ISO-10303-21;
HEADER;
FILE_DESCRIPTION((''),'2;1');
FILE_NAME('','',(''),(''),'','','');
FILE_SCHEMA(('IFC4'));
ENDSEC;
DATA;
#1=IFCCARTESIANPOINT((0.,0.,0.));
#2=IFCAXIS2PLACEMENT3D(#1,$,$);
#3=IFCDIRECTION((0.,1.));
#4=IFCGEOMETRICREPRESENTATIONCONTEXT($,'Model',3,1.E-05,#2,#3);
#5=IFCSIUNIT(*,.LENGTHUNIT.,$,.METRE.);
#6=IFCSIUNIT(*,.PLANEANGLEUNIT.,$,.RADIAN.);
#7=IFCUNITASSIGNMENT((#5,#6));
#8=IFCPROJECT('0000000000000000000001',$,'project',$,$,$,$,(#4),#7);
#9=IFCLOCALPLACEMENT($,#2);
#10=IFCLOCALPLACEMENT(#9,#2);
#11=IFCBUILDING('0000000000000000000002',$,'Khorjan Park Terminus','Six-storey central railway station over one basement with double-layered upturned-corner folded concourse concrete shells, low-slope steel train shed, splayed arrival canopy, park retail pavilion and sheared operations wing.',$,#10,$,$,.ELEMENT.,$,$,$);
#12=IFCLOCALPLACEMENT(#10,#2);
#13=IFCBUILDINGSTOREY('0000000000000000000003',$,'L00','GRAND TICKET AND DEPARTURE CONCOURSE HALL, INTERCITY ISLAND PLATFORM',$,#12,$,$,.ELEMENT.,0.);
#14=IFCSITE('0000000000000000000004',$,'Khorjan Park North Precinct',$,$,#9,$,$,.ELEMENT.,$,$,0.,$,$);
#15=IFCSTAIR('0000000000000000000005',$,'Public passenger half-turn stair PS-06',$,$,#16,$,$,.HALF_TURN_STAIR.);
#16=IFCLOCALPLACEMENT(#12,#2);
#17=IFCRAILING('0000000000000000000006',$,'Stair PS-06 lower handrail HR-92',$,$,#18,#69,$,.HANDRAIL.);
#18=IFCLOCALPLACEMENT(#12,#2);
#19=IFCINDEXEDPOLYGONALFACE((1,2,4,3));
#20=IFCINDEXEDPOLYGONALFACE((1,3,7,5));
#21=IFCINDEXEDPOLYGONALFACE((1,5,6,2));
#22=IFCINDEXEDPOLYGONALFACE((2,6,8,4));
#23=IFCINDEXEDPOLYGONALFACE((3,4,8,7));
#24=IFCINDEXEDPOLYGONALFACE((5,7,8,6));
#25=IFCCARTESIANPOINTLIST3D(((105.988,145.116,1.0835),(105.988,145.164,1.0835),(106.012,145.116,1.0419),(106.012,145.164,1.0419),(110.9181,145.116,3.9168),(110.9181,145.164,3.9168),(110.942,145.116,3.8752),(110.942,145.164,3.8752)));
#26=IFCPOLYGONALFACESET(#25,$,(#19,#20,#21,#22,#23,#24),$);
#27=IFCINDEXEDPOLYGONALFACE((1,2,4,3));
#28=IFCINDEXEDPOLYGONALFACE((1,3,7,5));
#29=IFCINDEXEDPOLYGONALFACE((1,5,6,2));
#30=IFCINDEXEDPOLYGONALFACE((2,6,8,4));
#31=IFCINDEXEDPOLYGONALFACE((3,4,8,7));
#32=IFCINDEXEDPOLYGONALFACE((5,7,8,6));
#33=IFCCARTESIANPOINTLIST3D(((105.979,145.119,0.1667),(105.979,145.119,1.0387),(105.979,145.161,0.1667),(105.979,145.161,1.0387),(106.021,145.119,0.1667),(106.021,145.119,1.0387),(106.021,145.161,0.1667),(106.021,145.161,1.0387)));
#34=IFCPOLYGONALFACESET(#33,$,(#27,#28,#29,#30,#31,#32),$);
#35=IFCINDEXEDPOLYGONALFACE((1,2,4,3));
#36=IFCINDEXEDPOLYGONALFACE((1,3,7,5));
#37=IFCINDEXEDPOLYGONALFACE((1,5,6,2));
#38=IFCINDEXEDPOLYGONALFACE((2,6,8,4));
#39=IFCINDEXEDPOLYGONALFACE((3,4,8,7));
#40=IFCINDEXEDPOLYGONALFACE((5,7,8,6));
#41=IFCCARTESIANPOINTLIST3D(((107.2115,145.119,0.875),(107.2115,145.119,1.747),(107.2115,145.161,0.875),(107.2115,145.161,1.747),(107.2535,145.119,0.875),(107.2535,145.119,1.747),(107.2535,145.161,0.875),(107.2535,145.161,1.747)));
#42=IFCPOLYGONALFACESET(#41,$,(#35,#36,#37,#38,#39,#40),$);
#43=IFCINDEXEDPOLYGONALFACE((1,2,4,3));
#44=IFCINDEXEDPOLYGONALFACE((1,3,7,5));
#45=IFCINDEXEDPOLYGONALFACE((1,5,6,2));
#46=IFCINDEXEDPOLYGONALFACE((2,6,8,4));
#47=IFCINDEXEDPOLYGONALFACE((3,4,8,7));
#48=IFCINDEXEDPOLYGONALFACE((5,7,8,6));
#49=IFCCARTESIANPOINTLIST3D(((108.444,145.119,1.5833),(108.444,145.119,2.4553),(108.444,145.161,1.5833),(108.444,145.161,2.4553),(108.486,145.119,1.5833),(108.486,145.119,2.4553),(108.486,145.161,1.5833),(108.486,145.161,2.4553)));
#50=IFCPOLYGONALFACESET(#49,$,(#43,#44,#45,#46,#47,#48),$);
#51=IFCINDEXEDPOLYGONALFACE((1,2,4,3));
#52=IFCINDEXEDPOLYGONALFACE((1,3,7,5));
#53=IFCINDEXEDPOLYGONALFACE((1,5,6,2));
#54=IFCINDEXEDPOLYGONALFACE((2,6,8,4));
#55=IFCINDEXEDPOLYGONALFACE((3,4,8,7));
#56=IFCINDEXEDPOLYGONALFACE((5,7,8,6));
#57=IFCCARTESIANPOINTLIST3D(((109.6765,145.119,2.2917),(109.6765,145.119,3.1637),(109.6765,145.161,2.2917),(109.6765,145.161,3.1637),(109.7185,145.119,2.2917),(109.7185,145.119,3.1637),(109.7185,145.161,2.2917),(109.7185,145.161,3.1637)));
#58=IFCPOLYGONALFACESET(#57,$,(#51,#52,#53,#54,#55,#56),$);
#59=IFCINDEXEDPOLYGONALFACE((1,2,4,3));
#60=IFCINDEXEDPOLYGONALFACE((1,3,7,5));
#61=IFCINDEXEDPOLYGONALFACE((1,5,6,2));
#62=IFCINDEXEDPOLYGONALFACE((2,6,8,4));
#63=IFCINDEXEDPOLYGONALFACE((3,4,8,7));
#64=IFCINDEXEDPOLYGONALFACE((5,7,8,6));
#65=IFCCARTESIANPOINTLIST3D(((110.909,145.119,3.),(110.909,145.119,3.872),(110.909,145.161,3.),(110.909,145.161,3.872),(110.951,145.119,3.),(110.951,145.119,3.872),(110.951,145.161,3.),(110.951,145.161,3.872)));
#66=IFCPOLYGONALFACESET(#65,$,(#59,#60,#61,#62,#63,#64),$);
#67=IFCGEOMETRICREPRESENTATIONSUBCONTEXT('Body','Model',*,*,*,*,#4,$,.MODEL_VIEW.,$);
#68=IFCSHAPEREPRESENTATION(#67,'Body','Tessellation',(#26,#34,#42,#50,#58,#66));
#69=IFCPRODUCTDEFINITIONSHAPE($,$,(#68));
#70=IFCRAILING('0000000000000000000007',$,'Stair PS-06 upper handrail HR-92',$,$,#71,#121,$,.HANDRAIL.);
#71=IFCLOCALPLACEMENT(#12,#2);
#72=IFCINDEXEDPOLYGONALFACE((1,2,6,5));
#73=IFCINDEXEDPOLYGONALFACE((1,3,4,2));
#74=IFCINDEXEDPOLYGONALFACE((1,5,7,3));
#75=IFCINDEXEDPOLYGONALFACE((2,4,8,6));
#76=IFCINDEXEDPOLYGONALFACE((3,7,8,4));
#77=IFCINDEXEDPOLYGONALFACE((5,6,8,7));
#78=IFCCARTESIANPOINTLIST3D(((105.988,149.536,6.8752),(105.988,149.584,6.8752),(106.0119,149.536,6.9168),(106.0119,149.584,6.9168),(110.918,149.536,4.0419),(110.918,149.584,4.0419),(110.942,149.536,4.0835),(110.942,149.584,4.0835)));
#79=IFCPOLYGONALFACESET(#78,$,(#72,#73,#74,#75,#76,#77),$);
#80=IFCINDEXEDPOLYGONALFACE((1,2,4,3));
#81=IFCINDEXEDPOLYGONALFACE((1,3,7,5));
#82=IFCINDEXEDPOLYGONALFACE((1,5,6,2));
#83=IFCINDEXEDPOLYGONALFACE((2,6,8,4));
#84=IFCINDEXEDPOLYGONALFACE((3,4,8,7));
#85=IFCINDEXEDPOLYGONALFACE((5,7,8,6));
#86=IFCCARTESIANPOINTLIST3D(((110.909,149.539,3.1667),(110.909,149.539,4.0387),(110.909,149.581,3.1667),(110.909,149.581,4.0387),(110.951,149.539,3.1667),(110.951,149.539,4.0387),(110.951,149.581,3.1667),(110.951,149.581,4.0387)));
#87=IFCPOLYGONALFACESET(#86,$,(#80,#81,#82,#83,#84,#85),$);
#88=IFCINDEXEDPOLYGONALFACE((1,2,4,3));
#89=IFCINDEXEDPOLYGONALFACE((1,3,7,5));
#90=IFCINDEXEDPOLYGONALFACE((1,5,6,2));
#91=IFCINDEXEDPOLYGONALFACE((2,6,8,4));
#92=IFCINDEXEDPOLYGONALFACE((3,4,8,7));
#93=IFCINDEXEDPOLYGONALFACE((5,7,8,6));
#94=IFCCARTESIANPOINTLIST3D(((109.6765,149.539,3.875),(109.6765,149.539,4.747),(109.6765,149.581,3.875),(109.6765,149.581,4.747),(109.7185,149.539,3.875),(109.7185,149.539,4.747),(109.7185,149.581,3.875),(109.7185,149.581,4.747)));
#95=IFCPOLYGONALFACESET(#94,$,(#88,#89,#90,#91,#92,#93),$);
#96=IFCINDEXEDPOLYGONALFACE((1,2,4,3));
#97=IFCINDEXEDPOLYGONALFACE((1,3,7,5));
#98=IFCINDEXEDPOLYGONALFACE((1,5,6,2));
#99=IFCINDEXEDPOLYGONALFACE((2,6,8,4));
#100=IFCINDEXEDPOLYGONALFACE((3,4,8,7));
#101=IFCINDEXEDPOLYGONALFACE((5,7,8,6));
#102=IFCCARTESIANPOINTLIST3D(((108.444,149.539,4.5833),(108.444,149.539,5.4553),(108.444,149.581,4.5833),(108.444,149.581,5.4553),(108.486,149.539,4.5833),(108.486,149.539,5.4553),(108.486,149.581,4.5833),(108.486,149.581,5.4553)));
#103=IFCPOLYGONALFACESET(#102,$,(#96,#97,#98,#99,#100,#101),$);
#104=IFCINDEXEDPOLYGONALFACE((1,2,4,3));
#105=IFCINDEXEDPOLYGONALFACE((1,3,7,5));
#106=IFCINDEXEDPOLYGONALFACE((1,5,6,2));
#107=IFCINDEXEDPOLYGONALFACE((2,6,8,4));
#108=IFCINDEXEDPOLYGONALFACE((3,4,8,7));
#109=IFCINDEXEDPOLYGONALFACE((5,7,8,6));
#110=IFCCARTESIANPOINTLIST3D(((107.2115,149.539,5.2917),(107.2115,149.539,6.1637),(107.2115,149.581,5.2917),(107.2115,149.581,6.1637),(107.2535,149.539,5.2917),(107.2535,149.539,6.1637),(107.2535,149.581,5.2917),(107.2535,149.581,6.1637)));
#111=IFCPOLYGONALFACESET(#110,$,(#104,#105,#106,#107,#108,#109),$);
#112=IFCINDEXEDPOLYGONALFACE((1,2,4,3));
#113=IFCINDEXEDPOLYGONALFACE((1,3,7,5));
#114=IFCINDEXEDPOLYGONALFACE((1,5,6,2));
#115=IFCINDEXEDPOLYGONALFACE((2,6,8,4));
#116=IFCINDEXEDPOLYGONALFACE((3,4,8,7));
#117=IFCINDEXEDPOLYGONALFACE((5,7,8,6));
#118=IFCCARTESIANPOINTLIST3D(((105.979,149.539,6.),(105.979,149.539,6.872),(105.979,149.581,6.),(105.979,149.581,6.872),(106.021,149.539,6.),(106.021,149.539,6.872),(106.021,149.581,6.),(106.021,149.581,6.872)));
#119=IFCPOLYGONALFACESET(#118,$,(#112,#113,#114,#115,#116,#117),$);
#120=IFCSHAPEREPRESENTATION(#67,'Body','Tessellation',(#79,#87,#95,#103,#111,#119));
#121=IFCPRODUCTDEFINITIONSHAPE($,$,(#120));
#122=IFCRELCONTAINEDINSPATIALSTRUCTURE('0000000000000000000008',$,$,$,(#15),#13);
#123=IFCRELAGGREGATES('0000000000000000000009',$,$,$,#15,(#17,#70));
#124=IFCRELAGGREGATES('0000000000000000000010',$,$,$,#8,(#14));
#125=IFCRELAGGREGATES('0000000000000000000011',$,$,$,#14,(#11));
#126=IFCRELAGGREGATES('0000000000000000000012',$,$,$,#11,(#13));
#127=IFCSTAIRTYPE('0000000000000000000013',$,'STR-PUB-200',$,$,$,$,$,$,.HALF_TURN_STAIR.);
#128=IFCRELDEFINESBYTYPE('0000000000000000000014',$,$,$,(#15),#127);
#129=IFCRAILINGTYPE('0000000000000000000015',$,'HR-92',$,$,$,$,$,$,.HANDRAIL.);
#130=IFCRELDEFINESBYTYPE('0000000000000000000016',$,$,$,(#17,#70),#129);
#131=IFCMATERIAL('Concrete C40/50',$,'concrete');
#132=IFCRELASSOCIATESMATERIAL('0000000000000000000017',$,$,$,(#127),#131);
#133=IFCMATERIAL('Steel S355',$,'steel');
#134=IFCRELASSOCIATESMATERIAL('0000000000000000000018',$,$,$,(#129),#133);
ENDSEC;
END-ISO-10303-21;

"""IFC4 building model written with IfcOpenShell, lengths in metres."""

from ifc_helpers import new_model, si_unit, direction, frame, origin, origin_2d, place, context, subcontext, project, spatial, rectangle, extrude, material, type_object, element, aggregate, save


model = new_model("IFC4")

# Units and contexts
model_context = context("Model", 3, precision=1e-05, world=origin(), true_north=direction((0.0, 1.0)))
body_context = subcontext(model_context, "Body", "Model", "MODEL_VIEW")
ifc_project = project(units=[si_unit("LENGTHUNIT", "METRE"), si_unit("PLANEANGLEUNIT", "RADIAN")], contexts=[model_context])

# Site, building, storey
site_placement = place(None, origin())
site = spatial("IfcSite", under=ifc_project, at=site_placement, Name="Khorjan Park North Precinct", CompositionType="ELEMENT", RefElevation=0.0)
building_placement = place(site_placement, origin())
building = spatial("IfcBuilding", under=site, at=building_placement, Name="Khorjan Park Terminus", Description="Six-storey central railway station over one basement with double-layered upturned-corner folded concourse concrete shells, low-slope steel train shed, splayed arrival canopy, park retail pavilion and sheared operations wing.", CompositionType="ELEMENT")
storey_placement = place(building_placement, origin())
storey = spatial("IfcBuildingStorey", under=building, at=storey_placement, Name="L00", Description="GRAND TICKET AND DEPARTURE CONCOURSE HALL, INTERCITY ISLAND PLATFORM", CompositionType="ELEMENT", Elevation=0.0)

# Shared definitions
ifc_material_1 = material(Name="Steel S355", Category="steel")
ifc_material_2 = material(Name="Concrete C40/50", Category="concrete")

# Stair, railings
stair_type = type_object("IfcStairType", Name="STR-PUB-200", PredefinedType="HALF_TURN_STAIR", material=ifc_material_2)
stair_placement = place(storey_placement, origin())
stair = element("IfcStair", 1, at=stair_placement, inside=storey, type_object=stair_type, Name="Public passenger half-turn stair PS-06", PredefinedType="HALF_TURN_STAIR")
railing_type_1 = type_object("IfcRailingType", Name="HR-92", PredefinedType="HANDRAIL", material=ifc_material_1)
railing_1_placement = place(storey_placement, frame((106.0, 145.14, 0.1667)))
railing_1 = element("IfcRailing", 2, at=railing_1_placement, type_object=railing_type_1, Name="Stair PS-06 lower handrail HR-92", PredefinedType="HANDRAIL", context=body_context, shape_type="SweptSolid", body=[
    extrude(rectangle(XDim=0.048, YDim=0.048, at=origin_2d()), frame((0.0, 0.0, 0.896), z_axis=(0.867016, 0.0, 0.498279), x_axis=(0.0, 1.0, 0.0)), (0.0, 0.0, 1.0), 5.6862),
    extrude(rectangle(XDim=0.042, YDim=0.042, at=origin_2d()), origin(), (0.0, 0.0, 1.0), 0.872),
    extrude(rectangle(XDim=0.042, YDim=0.042, at=origin_2d()), frame((1.2325, 0.0, 0.7083)), (0.0, 0.0, 1.0), 0.872),
    extrude(rectangle(XDim=0.042, YDim=0.042, at=origin_2d()), frame((2.465, 0.0, 1.4166)), (0.0, 0.0, 1.0), 0.872),
    extrude(rectangle(XDim=0.042, YDim=0.042, at=origin_2d()), frame((3.6975, 0.0, 2.125)), (0.0, 0.0, 1.0), 0.872),
    extrude(rectangle(XDim=0.042, YDim=0.042, at=origin_2d()), frame((4.93, 0.0, 2.8333)), (0.0, 0.0, 1.0), 0.872),
])
railing_2_placement = place(storey_placement, frame((110.93, 149.56, 3.1667)))
railing_2 = element("IfcRailing", 3, at=railing_2_placement, type_object=railing_type_1, Name="Stair PS-06 upper handrail HR-92", PredefinedType="HANDRAIL", context=body_context, shape_type="SweptSolid", body=[
    extrude(rectangle(XDim=0.048, YDim=0.048, at=origin_2d()), frame((0.0, 0.0, 0.896), z_axis=(-0.867016, 0.0, 0.498279), x_axis=(0.0, -1.0, 0.0)), (0.0, 0.0, 1.0), 5.6862),
    extrude(rectangle(XDim=0.042, YDim=0.042, at=origin_2d()), origin(), (0.0, 0.0, 1.0), 0.872),
    extrude(rectangle(XDim=0.042, YDim=0.042, at=origin_2d()), frame((-1.2325, 0.0, 0.7083)), (0.0, 0.0, 1.0), 0.872),
    extrude(rectangle(XDim=0.042, YDim=0.042, at=origin_2d()), frame((-2.465, 0.0, 1.4166)), (0.0, 0.0, 1.0), 0.872),
    extrude(rectangle(XDim=0.042, YDim=0.042, at=origin_2d()), frame((-3.6975, 0.0, 2.125)), (0.0, 0.0, 1.0), 0.872),
    extrude(rectangle(XDim=0.042, YDim=0.042, at=origin_2d()), frame((-4.93, 0.0, 2.8333)), (0.0, 0.0, 1.0), 0.872),
])
aggregate(stair, [railing_1, railing_2])

save(model, "model.ifc")
